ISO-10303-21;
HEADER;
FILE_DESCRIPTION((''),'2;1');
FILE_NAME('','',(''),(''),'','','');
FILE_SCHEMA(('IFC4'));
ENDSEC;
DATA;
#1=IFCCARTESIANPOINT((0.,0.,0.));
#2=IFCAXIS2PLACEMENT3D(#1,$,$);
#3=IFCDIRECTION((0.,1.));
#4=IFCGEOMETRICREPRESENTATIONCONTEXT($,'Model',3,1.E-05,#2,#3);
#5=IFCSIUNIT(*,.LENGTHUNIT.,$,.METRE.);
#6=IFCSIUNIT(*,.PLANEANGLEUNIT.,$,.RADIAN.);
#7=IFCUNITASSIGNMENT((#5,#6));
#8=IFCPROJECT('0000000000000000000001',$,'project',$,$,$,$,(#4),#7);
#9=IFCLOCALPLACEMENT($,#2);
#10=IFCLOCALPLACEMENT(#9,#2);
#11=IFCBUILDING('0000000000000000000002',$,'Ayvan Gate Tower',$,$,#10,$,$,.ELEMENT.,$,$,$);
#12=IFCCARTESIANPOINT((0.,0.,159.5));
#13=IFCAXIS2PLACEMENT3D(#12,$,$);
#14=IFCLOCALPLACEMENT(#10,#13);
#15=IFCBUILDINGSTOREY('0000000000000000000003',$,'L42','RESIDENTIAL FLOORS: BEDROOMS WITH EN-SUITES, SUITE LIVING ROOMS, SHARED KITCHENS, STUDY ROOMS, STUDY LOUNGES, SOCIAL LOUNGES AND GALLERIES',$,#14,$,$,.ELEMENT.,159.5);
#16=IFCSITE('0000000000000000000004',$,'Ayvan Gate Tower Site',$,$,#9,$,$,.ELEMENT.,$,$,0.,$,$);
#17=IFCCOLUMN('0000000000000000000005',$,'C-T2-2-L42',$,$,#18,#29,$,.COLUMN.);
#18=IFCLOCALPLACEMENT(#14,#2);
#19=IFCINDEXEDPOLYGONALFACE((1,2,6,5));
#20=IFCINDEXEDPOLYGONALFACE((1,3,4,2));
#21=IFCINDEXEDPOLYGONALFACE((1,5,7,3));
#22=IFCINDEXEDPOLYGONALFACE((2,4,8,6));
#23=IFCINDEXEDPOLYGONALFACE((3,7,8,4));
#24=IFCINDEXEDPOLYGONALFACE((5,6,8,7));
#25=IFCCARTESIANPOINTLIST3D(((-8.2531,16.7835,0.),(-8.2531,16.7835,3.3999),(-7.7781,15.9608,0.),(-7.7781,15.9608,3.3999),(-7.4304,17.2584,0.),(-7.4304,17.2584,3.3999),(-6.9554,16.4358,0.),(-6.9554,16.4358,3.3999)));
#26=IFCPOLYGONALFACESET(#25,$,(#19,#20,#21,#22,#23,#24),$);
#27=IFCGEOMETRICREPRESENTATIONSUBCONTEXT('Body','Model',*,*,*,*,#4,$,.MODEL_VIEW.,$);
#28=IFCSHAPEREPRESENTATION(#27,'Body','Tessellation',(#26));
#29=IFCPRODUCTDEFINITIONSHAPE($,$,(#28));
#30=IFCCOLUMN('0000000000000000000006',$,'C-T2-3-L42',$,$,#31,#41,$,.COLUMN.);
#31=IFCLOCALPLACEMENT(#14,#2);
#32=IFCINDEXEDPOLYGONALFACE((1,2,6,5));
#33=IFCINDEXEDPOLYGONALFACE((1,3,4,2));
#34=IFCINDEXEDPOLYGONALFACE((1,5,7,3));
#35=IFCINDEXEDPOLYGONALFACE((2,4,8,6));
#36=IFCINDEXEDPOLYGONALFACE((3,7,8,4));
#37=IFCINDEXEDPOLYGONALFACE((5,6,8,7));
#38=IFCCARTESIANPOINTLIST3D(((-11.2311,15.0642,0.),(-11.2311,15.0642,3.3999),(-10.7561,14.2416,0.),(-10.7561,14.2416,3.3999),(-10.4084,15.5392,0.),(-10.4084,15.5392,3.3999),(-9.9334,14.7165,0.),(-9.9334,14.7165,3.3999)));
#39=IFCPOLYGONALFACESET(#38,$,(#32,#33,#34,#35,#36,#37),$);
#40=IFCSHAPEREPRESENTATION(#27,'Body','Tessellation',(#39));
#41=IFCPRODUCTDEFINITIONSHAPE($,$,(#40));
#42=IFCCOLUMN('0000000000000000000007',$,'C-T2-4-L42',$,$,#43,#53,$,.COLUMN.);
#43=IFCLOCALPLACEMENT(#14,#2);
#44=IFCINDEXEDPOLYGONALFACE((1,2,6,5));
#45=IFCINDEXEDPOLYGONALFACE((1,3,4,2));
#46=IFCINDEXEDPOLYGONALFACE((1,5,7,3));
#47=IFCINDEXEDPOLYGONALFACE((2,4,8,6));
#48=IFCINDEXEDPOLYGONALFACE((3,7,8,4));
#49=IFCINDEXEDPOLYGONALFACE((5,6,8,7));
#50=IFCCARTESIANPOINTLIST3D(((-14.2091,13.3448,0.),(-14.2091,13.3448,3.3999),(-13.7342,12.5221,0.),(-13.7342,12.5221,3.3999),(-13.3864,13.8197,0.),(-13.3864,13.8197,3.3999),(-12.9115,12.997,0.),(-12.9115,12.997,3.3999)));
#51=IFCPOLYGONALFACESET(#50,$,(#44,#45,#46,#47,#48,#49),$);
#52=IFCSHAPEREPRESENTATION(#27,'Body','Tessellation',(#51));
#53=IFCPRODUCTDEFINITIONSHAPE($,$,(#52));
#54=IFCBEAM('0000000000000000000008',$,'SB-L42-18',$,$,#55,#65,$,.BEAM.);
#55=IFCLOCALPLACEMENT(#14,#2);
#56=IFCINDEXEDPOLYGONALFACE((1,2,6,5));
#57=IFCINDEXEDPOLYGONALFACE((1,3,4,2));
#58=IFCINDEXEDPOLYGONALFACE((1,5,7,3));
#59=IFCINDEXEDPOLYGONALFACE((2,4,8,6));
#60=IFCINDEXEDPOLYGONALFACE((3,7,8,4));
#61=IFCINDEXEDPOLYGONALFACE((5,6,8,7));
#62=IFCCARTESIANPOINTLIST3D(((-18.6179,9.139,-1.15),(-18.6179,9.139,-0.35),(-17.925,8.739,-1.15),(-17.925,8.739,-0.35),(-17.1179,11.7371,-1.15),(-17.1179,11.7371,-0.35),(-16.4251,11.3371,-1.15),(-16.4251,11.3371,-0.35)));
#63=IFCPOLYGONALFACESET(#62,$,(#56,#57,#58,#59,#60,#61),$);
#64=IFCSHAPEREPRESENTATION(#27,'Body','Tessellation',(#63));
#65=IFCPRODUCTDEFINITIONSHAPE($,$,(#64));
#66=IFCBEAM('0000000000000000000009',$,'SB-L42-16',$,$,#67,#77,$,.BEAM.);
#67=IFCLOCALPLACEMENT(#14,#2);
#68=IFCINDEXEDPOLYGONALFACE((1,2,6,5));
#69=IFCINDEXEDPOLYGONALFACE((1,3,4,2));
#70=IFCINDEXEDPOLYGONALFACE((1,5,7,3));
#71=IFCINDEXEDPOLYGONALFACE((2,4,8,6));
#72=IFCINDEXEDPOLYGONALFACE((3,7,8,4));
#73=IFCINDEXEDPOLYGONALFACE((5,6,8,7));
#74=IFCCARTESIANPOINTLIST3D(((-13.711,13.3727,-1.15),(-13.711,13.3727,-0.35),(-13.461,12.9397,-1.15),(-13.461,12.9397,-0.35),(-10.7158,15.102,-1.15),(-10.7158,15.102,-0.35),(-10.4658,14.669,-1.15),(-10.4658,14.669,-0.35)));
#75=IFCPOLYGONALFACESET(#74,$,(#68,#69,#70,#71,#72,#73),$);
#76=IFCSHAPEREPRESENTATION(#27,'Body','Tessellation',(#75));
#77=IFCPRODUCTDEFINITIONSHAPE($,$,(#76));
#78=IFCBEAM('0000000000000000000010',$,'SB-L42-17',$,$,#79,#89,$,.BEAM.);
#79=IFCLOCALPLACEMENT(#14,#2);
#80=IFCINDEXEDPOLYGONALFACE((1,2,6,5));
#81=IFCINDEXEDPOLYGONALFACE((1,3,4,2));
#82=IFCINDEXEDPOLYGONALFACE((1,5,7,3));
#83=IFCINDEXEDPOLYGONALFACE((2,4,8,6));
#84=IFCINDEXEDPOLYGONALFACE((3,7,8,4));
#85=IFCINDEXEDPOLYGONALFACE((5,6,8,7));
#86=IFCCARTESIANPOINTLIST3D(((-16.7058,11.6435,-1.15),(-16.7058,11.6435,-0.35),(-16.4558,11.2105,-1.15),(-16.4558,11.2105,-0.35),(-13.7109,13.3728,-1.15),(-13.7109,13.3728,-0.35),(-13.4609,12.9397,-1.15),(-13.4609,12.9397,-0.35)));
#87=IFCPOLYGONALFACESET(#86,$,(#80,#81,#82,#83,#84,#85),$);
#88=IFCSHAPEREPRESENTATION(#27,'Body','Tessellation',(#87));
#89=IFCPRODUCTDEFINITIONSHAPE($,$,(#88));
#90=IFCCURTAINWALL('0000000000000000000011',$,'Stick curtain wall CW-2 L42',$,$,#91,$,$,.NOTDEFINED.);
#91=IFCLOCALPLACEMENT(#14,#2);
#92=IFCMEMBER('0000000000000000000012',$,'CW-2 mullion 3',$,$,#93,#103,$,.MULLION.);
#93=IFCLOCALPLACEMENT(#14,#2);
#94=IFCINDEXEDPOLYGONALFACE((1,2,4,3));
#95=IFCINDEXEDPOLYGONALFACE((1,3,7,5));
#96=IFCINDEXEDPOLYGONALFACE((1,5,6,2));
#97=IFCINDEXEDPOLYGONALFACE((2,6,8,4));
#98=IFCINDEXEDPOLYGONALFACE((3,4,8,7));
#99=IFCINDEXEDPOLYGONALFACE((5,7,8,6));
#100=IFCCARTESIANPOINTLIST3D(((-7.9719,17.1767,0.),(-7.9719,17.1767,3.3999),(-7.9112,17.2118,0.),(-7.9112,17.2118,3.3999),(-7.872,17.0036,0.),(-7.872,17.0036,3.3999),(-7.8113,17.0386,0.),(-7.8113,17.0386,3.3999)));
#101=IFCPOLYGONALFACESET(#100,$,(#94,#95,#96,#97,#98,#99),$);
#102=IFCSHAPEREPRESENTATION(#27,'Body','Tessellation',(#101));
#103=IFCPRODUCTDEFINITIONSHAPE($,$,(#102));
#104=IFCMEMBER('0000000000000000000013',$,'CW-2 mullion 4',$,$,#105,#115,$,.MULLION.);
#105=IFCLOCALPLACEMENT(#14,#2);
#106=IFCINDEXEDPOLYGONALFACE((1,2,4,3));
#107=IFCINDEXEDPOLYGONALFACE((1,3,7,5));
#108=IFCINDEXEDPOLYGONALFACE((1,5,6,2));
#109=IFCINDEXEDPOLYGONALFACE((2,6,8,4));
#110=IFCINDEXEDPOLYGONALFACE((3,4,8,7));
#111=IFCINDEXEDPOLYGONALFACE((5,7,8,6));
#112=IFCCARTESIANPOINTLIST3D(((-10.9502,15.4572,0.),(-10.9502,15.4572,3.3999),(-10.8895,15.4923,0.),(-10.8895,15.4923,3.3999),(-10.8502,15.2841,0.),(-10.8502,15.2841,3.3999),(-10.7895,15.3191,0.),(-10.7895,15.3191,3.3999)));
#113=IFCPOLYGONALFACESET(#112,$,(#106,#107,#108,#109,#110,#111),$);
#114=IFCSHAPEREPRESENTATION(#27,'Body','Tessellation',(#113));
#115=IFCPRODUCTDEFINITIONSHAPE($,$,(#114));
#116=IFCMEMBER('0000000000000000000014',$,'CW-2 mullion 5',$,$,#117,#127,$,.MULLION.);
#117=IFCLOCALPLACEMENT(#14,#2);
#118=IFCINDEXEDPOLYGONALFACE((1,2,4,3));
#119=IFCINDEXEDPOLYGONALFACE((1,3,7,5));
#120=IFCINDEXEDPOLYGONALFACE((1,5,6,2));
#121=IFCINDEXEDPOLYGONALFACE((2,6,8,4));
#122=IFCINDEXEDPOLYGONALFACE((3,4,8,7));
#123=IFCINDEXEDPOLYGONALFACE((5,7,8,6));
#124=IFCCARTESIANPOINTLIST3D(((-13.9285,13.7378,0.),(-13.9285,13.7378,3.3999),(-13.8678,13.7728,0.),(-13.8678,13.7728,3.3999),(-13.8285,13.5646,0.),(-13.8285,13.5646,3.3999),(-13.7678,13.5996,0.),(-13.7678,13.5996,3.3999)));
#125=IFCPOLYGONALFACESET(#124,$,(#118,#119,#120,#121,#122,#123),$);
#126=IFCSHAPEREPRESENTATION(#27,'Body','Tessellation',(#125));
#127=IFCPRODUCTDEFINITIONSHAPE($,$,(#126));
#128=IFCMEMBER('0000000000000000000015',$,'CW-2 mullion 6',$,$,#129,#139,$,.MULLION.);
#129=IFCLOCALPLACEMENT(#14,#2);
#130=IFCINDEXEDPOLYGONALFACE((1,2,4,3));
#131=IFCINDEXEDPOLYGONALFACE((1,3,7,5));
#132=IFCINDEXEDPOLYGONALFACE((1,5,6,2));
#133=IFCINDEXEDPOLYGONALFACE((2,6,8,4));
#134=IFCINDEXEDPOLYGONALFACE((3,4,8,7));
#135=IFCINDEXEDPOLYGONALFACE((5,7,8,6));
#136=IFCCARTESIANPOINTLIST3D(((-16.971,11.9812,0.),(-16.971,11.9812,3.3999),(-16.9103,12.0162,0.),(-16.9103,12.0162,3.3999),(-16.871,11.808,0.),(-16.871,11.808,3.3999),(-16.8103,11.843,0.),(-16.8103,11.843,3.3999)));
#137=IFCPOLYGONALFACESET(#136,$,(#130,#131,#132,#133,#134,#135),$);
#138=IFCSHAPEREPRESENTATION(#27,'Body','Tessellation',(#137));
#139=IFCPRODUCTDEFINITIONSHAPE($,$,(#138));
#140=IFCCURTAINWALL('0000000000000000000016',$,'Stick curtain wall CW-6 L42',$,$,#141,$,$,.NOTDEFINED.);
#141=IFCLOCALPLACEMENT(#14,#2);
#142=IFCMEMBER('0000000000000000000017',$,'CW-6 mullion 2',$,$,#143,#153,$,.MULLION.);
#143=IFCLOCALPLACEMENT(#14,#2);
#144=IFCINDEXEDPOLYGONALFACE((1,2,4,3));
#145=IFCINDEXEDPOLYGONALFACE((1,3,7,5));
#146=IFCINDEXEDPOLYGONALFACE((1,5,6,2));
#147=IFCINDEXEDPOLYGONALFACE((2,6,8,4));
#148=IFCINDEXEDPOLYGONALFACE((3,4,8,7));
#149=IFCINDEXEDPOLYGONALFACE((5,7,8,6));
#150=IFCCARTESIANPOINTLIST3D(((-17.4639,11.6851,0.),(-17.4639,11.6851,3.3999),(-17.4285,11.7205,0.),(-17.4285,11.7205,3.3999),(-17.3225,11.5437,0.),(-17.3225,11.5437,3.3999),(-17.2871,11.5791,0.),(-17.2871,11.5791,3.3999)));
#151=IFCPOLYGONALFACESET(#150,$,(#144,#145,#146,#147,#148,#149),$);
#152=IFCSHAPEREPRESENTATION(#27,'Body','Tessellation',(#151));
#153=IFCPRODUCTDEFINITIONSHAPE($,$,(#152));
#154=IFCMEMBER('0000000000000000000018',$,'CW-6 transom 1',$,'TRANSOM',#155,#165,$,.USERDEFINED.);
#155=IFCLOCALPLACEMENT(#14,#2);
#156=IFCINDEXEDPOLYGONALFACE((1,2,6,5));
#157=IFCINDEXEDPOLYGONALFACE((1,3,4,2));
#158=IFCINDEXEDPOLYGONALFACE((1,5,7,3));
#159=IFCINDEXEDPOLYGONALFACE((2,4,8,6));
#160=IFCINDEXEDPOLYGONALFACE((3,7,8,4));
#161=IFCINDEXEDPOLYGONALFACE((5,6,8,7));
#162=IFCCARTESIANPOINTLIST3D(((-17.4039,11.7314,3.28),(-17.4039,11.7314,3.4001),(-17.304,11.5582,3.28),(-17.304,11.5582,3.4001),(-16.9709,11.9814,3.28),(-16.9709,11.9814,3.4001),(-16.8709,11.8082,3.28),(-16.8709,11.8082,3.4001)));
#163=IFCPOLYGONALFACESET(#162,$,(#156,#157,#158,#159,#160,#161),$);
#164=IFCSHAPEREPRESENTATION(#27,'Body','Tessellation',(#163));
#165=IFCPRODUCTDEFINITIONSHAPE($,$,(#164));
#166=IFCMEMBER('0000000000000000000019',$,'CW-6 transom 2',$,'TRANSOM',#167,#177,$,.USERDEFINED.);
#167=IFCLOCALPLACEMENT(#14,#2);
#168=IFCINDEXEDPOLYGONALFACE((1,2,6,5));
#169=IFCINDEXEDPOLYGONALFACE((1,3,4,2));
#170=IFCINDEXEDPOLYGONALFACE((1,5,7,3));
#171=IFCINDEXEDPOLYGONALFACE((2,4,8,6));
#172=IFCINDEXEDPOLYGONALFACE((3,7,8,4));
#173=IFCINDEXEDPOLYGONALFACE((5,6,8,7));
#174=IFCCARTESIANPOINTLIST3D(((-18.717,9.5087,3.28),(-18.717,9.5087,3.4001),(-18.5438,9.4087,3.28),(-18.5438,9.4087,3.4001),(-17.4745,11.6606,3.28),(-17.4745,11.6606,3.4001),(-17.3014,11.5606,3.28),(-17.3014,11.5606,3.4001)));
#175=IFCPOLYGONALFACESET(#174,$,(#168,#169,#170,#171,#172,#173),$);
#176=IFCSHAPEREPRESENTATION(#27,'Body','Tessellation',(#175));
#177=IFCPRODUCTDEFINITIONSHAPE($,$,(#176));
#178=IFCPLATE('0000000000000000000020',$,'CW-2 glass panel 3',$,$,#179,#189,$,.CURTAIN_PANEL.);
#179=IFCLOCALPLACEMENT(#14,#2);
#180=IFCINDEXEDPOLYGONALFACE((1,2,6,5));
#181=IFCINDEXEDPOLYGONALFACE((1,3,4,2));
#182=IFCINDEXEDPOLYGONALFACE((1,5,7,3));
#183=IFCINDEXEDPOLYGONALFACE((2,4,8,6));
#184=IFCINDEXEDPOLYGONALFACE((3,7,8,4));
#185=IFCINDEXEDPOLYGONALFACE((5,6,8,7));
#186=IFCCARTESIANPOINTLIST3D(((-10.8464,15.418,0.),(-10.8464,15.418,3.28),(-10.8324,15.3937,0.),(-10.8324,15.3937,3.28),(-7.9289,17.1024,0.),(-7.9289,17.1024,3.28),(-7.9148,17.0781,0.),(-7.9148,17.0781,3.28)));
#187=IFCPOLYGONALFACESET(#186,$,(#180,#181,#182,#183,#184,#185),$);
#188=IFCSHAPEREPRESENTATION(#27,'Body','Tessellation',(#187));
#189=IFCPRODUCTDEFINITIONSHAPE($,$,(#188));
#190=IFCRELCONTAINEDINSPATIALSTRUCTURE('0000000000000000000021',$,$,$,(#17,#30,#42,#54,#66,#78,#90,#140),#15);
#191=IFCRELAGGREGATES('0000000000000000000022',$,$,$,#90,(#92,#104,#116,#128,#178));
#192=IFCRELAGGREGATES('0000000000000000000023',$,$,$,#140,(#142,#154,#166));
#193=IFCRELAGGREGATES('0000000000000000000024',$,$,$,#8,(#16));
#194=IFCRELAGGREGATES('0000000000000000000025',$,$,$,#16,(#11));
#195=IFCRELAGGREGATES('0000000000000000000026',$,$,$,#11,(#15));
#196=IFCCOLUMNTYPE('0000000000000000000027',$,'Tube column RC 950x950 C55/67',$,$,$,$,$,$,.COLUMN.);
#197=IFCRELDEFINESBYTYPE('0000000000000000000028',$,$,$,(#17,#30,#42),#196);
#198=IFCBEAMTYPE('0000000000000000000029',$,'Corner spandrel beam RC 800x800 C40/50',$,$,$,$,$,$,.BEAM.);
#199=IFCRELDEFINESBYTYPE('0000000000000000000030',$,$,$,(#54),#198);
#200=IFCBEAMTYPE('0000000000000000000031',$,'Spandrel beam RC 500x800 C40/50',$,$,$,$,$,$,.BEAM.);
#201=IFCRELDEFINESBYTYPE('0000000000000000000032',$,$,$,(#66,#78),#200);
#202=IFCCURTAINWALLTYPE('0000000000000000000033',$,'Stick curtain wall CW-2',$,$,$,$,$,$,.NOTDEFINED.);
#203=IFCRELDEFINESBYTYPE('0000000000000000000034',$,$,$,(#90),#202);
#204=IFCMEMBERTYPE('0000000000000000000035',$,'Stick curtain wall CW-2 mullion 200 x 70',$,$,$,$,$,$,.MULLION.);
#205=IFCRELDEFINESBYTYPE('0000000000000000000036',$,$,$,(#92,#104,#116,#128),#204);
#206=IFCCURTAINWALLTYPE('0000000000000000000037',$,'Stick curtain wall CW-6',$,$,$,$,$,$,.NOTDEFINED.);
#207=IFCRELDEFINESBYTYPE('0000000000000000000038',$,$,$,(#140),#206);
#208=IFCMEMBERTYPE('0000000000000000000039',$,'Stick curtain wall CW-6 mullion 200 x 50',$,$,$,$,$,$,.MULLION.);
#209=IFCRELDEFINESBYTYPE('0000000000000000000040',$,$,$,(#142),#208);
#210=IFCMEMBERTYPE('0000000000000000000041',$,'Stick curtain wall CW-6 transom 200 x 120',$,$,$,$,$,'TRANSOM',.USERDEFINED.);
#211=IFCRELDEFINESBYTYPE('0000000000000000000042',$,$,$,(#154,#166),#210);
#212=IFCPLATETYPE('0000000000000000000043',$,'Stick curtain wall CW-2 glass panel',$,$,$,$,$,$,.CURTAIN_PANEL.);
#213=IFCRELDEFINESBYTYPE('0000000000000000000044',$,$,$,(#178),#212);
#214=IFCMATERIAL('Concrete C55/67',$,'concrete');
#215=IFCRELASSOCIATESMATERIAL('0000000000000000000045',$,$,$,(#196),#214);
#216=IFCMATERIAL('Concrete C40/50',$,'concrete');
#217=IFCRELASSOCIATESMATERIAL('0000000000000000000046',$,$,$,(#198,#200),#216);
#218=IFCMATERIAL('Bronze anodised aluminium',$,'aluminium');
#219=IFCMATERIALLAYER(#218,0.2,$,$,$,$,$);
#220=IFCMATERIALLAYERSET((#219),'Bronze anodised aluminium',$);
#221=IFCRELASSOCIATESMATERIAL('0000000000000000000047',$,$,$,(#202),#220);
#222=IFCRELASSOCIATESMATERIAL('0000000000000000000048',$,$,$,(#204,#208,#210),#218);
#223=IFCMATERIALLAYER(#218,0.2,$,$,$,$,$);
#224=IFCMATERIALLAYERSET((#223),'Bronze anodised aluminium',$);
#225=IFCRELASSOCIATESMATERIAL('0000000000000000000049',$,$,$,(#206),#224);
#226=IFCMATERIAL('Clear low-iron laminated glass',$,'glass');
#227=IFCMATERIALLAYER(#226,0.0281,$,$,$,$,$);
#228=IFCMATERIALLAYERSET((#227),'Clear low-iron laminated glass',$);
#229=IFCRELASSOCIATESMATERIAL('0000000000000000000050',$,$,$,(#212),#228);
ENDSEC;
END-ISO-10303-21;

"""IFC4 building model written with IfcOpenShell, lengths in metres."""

from ifc_helpers import new_model, si_unit, direction, frame, origin, origin_2d, place, context, subcontext, project, spatial, rectangle, extrude, material, layer, layer_set, material_profile, profile_set, type_object, element, aggregate, save


model = new_model("IFC4")

# Units and contexts
model_context = context("Model", 3, precision=1e-05, world=origin(), true_north=direction((0.0, 1.0)))
body_context = subcontext(model_context, "Body", "Model", "MODEL_VIEW")
ifc_project = project(units=[si_unit("LENGTHUNIT", "METRE"), si_unit("PLANEANGLEUNIT", "RADIAN")], contexts=[model_context])

# Site, building, storey
site_placement = place(None, origin())
site = spatial("IfcSite", under=ifc_project, at=site_placement, Name="Ayvan Gate Tower Site", CompositionType="ELEMENT", RefElevation=0.0)
building_placement = place(site_placement, origin())
building = spatial("IfcBuilding", under=site, at=building_placement, Name="Ayvan Gate Tower", CompositionType="ELEMENT")
storey_placement = place(building_placement, frame((0.0, 0.0, 159.5)))
storey = spatial("IfcBuildingStorey", under=building, at=storey_placement, Name="L42", Description="RESIDENTIAL FLOORS: BEDROOMS WITH EN-SUITES, SUITE LIVING ROOMS, SHARED KITCHENS, STUDY ROOMS, STUDY LOUNGES, SOCIAL LOUNGES AND GALLERIES", CompositionType="ELEMENT", Elevation=159.5)

# Columns
ifc_material_1 = material(Name="Concrete C55/67", Category="concrete")
ifc_material_profile_1 = material_profile(ifc_material_1, rectangle(XDim=0.95, YDim=0.95, at=origin_2d()), Name="RC 950x950")
ifc_profile_set_1 = profile_set([ifc_material_profile_1], Name="Concrete C55/67")
column_type = type_object("IfcColumnType", Name="Tube column RC 950x950 C55/67", PredefinedType="COLUMN", material=ifc_profile_set_1)
for number, where, z_axis, x_axis, name in (
    (1, (-7.6042, 16.6096, 0.0), (0.0, 0.0, 1.0), (-0.5, 0.866025, 0.0), "C-T2-2-L42"),
    (2, (-10.5823, 14.8904, 0.0), (0.0, 0.0, 1.0), (-0.5, 0.866025, 0.0), "C-T2-3-L42"),
    (3, (-13.5603, 13.1709, 0.0), (0.0, 0.0, 1.0), (-0.5, 0.866025, 0.0), "C-T2-4-L42"),
):
    element("IfcColumn", number, at=place(storey_placement, frame(where, z_axis=z_axis, x_axis=x_axis)), inside=storey, type_object=column_type, Name=name, PredefinedType="COLUMN", context=body_context, shape_type="SweptSolid", body=[
        extrude(rectangle(XDim=0.95, YDim=0.95, at=origin_2d()), origin(), (0.0, 0.0, 1.0), 3.3999),
    ])

# Beams
ifc_material_2 = material(Name="Concrete C40/50", Category="concrete")
ifc_material_profile_2 = material_profile(ifc_material_2, rectangle(XDim=0.8, YDim=0.8, at=origin_2d()), Name="RC 800x800")
ifc_profile_set_2 = profile_set([ifc_material_profile_2], Name="Concrete C40/50")
beam_type_1 = type_object("IfcBeamType", Name="Corner spandrel beam RC 800x800 C40/50", PredefinedType="BEAM", material=ifc_profile_set_2)
beam_1_placement = place(storey_placement, frame((-16.7715, 11.5371, -0.75), z_axis=(-0.49999, -0.866031, 0.0), x_axis=(0.866031, -0.49999, 0.0)))
element("IfcBeam", 4, at=beam_1_placement, inside=storey, type_object=beam_type_1, Name="SB-L42-18", PredefinedType="BEAM", context=body_context, shape_type="SweptSolid", body=[
    extrude(rectangle(XDim=0.8, YDim=0.8, at=origin_2d()), origin(), (0.0, 0.0, 1.0), 3.0),
])
ifc_material_profile_3 = material_profile(ifc_material_2, rectangle(XDim=0.5, YDim=0.8, at=origin_2d()), Name="RC 500x800")
ifc_profile_set_3 = profile_set([ifc_material_profile_3], Name="Concrete C40/50")
beam_type_2 = type_object("IfcBeamType", Name="Spandrel beam RC 500x800 C40/50", PredefinedType="BEAM", material=ifc_profile_set_3)
beam_2_placement = place(storey_placement, frame((-10.5908, 14.8855, -0.75), z_axis=(-0.866023, -0.500004, 0.0), x_axis=(0.500004, -0.866023, 0.0)))
element("IfcBeam", 5, at=beam_2_placement, inside=storey, type_object=beam_type_2, Name="SB-L42-16", PredefinedType="BEAM", context=body_context, shape_type="SweptSolid", body=[
    extrude(rectangle(XDim=0.5, YDim=0.8, at=origin_2d()), origin(), (0.0, 0.0, 1.0), 3.4585),
])
beam_3_placement = place(storey_placement, frame((-13.5859, 13.1562, -0.75), z_axis=(-0.866006, -0.500034, 0.0), x_axis=(0.500034, -0.866006, 0.0)))
element("IfcBeam", 6, at=beam_3_placement, inside=storey, type_object=beam_type_2, Name="SB-L42-17", PredefinedType="BEAM", context=body_context, shape_type="SweptSolid", body=[
    extrude(rectangle(XDim=0.5, YDim=0.8, at=origin_2d()), origin(), (0.0, 0.0, 1.0), 3.4583),
])

# Curtain walls, members
ifc_material_3 = material(Name="Bronze anodised aluminium", Category="aluminium")
ifc_layer_1 = layer(ifc_material_3, 0.2)
ifc_layer_set_1 = layer_set([ifc_layer_1], Name="Bronze anodised aluminium")
curtain_wall_type_1 = type_object("IfcCurtainWallType", Name="Stick curtain wall CW-2", PredefinedType="NOTDEFINED", material=ifc_layer_set_1)
curtain_wall_1_placement = place(storey_placement, origin())
curtain_wall_1 = element("IfcCurtainWall", 7, at=curtain_wall_1_placement, inside=storey, type_object=curtain_wall_type_1, Name="Stick curtain wall CW-2 L42", PredefinedType="NOTDEFINED")
ifc_material_profile_4 = material_profile(ifc_material_3, rectangle(XDim=0.2, YDim=0.0701, at=origin_2d()), Name="Stick curtain wall CW-2 mullion 200 x 70")
ifc_profile_set_4 = profile_set([ifc_material_profile_4], Name="Bronze anodised aluminium")
member_type_1 = type_object("IfcMemberType", Name="Stick curtain wall CW-2 mullion 200 x 70", PredefinedType="MULLION", material=ifc_profile_set_4)
member_1_placement = place(storey_placement, frame((-7.8916, 17.1077, 0.0), z_axis=(0.0, 0.0, 1.0), x_axis=(-0.5, 0.866025, 0.0)))
member_1 = element("IfcMember", 8, at=member_1_placement, type_object=member_type_1, Name="CW-2 mullion 3", PredefinedType="MULLION", context=body_context, shape_type="SweptSolid", body=[
    extrude(rectangle(XDim=0.2, YDim=0.0701, at=origin_2d()), origin(), (0.0, 0.0, 1.0), 3.3999),
])
member_2_placement = place(storey_placement, frame((-10.8699, 15.3882, 0.0), z_axis=(0.0, 0.0, 1.0), x_axis=(-0.5, 0.866025, 0.0)))
member_2 = element("IfcMember", 9, at=member_2_placement, type_object=member_type_1, Name="CW-2 mullion 4", PredefinedType="MULLION", context=body_context, shape_type="SweptSolid", body=[
    extrude(rectangle(XDim=0.2, YDim=0.0701, at=origin_2d()), origin(), (0.0, 0.0, 1.0), 3.3999),
])
member_3_placement = place(storey_placement, frame((-13.8481, 13.6687, 0.0), z_axis=(0.0, 0.0, 1.0), x_axis=(-0.5, 0.866025, 0.0)))
member_3 = element("IfcMember", 10, at=member_3_placement, type_object=member_type_1, Name="CW-2 mullion 5", PredefinedType="MULLION", context=body_context, shape_type="SweptSolid", body=[
    extrude(rectangle(XDim=0.2, YDim=0.0701, at=origin_2d()), origin(), (0.0, 0.0, 1.0), 3.3999),
])
member_4_placement = place(storey_placement, frame((-16.8906, 11.9121, 0.0), z_axis=(0.0, 0.0, 1.0), x_axis=(-0.5, 0.866025, 0.0)))
member_4 = element("IfcMember", 11, at=member_4_placement, type_object=member_type_1, Name="CW-2 mullion 6", PredefinedType="MULLION", context=body_context, shape_type="SweptSolid", body=[
    extrude(rectangle(XDim=0.2, YDim=0.0701, at=origin_2d()), origin(), (0.0, 0.0, 1.0), 3.3999),
])
ifc_layer_2 = layer(ifc_material_3, 0.2)
ifc_layer_set_2 = layer_set([ifc_layer_2], Name="Bronze anodised aluminium")
curtain_wall_type_2 = type_object("IfcCurtainWallType", Name="Stick curtain wall CW-6", PredefinedType="NOTDEFINED", material=ifc_layer_set_2)
curtain_wall_2_placement = place(storey_placement, origin())
curtain_wall_2 = element("IfcCurtainWall", 12, at=curtain_wall_2_placement, inside=storey, type_object=curtain_wall_type_2, Name="Stick curtain wall CW-6 L42", PredefinedType="NOTDEFINED")
ifc_material_profile_5 = material_profile(ifc_material_3, rectangle(XDim=0.2, YDim=0.05, at=origin_2d()), Name="Stick curtain wall CW-6 mullion 200 x 50")
ifc_profile_set_5 = profile_set([ifc_material_profile_5], Name="Bronze anodised aluminium")
member_type_2 = type_object("IfcMemberType", Name="Stick curtain wall CW-6 mullion 200 x 50", PredefinedType="MULLION", material=ifc_profile_set_5)
member_5_placement = place(storey_placement, frame((-17.3755, 11.6321, 0.0), z_axis=(0.0, 0.0, 1.0), x_axis=(-0.707107, 0.707107, 0.0)))
member_5 = element("IfcMember", 13, at=member_5_placement, type_object=member_type_2, Name="CW-6 mullion 2", PredefinedType="MULLION", context=body_context, shape_type="SweptSolid", body=[
    extrude(rectangle(XDim=0.2, YDim=0.05, at=origin_2d()), origin(), (0.0, 0.0, 1.0), 3.3999),
])
ifc_material_profile_6 = material_profile(ifc_material_3, rectangle(XDim=0.2, YDim=0.1201, at=origin_2d()), Name="Stick curtain wall CW-6 transom 200 x 120")
ifc_profile_set_6 = profile_set([ifc_material_profile_6], Name="Bronze anodised aluminium")
member_type_3 = type_object("IfcMemberType", Name="Stick curtain wall CW-6 transom 200 x 120", ElementType="TRANSOM", PredefinedType="USERDEFINED", material=ifc_profile_set_6)
member_6_placement = place(storey_placement, frame((-16.9209, 11.8948, 3.3401), z_axis=(-0.866072, -0.49992, 0.0), x_axis=(0.49992, -0.866072, 0.0)))
member_6 = element("IfcMember", 14, at=member_6_placement, type_object=member_type_3, Name="CW-6 transom 1", ObjectType="TRANSOM", PredefinedType="USERDEFINED", context=body_context, shape_type="SweptSolid", body=[
    extrude(rectangle(XDim=0.2, YDim=0.1201, at=origin_2d()), origin(), (0.0, 0.0, 1.0), 0.5),
])
member_7_placement = place(storey_placement, frame((-17.3879, 11.6106, 3.3401), z_axis=(-0.500017, -0.866015, 0.0), x_axis=(0.866015, -0.500017, 0.0)))
member_7 = element("IfcMember", 15, at=member_7_placement, type_object=member_type_3, Name="CW-6 transom 2", ObjectType="TRANSOM", PredefinedType="USERDEFINED", context=body_context, shape_type="SweptSolid", body=[
    extrude(rectangle(XDim=0.2, YDim=0.1201, at=origin_2d()), origin(), (0.0, 0.0, 1.0), 2.4849),
])

# Plate
ifc_material_4 = material(Name="Clear low-iron laminated glass", Category="glass")
ifc_layer_3 = layer(ifc_material_4, 0.0281)
ifc_layer_set_3 = layer_set([ifc_layer_3], Name="Clear low-iron laminated glass")
plate_type_1 = type_object("IfcPlateType", Name="Stick curtain wall CW-2 glass panel", PredefinedType="CURTAIN_PANEL", material=ifc_layer_set_3)
plate_1_placement = place(storey_placement, frame((-9.3806, 16.248, 0.0), z_axis=(0.0, 0.0, 1.0), x_axis=(-0.866025, -0.5, 0.0)))
plate_1 = element("IfcPlate", 16, at=plate_1_placement, type_object=plate_type_1, Name="CW-2 glass panel 3", PredefinedType="CURTAIN_PANEL", context=body_context, shape_type="SweptSolid", body=[
    extrude(rectangle(XDim=3.3689, YDim=0.0281, at=origin_2d()), origin(), (0.0, 0.0, 1.0), 3.28),
])
aggregate(curtain_wall_1, [member_1, member_2, member_3, member_4, plate_1])
aggregate(curtain_wall_2, [member_5, member_6, member_7])

save(model, "model.ifc")
